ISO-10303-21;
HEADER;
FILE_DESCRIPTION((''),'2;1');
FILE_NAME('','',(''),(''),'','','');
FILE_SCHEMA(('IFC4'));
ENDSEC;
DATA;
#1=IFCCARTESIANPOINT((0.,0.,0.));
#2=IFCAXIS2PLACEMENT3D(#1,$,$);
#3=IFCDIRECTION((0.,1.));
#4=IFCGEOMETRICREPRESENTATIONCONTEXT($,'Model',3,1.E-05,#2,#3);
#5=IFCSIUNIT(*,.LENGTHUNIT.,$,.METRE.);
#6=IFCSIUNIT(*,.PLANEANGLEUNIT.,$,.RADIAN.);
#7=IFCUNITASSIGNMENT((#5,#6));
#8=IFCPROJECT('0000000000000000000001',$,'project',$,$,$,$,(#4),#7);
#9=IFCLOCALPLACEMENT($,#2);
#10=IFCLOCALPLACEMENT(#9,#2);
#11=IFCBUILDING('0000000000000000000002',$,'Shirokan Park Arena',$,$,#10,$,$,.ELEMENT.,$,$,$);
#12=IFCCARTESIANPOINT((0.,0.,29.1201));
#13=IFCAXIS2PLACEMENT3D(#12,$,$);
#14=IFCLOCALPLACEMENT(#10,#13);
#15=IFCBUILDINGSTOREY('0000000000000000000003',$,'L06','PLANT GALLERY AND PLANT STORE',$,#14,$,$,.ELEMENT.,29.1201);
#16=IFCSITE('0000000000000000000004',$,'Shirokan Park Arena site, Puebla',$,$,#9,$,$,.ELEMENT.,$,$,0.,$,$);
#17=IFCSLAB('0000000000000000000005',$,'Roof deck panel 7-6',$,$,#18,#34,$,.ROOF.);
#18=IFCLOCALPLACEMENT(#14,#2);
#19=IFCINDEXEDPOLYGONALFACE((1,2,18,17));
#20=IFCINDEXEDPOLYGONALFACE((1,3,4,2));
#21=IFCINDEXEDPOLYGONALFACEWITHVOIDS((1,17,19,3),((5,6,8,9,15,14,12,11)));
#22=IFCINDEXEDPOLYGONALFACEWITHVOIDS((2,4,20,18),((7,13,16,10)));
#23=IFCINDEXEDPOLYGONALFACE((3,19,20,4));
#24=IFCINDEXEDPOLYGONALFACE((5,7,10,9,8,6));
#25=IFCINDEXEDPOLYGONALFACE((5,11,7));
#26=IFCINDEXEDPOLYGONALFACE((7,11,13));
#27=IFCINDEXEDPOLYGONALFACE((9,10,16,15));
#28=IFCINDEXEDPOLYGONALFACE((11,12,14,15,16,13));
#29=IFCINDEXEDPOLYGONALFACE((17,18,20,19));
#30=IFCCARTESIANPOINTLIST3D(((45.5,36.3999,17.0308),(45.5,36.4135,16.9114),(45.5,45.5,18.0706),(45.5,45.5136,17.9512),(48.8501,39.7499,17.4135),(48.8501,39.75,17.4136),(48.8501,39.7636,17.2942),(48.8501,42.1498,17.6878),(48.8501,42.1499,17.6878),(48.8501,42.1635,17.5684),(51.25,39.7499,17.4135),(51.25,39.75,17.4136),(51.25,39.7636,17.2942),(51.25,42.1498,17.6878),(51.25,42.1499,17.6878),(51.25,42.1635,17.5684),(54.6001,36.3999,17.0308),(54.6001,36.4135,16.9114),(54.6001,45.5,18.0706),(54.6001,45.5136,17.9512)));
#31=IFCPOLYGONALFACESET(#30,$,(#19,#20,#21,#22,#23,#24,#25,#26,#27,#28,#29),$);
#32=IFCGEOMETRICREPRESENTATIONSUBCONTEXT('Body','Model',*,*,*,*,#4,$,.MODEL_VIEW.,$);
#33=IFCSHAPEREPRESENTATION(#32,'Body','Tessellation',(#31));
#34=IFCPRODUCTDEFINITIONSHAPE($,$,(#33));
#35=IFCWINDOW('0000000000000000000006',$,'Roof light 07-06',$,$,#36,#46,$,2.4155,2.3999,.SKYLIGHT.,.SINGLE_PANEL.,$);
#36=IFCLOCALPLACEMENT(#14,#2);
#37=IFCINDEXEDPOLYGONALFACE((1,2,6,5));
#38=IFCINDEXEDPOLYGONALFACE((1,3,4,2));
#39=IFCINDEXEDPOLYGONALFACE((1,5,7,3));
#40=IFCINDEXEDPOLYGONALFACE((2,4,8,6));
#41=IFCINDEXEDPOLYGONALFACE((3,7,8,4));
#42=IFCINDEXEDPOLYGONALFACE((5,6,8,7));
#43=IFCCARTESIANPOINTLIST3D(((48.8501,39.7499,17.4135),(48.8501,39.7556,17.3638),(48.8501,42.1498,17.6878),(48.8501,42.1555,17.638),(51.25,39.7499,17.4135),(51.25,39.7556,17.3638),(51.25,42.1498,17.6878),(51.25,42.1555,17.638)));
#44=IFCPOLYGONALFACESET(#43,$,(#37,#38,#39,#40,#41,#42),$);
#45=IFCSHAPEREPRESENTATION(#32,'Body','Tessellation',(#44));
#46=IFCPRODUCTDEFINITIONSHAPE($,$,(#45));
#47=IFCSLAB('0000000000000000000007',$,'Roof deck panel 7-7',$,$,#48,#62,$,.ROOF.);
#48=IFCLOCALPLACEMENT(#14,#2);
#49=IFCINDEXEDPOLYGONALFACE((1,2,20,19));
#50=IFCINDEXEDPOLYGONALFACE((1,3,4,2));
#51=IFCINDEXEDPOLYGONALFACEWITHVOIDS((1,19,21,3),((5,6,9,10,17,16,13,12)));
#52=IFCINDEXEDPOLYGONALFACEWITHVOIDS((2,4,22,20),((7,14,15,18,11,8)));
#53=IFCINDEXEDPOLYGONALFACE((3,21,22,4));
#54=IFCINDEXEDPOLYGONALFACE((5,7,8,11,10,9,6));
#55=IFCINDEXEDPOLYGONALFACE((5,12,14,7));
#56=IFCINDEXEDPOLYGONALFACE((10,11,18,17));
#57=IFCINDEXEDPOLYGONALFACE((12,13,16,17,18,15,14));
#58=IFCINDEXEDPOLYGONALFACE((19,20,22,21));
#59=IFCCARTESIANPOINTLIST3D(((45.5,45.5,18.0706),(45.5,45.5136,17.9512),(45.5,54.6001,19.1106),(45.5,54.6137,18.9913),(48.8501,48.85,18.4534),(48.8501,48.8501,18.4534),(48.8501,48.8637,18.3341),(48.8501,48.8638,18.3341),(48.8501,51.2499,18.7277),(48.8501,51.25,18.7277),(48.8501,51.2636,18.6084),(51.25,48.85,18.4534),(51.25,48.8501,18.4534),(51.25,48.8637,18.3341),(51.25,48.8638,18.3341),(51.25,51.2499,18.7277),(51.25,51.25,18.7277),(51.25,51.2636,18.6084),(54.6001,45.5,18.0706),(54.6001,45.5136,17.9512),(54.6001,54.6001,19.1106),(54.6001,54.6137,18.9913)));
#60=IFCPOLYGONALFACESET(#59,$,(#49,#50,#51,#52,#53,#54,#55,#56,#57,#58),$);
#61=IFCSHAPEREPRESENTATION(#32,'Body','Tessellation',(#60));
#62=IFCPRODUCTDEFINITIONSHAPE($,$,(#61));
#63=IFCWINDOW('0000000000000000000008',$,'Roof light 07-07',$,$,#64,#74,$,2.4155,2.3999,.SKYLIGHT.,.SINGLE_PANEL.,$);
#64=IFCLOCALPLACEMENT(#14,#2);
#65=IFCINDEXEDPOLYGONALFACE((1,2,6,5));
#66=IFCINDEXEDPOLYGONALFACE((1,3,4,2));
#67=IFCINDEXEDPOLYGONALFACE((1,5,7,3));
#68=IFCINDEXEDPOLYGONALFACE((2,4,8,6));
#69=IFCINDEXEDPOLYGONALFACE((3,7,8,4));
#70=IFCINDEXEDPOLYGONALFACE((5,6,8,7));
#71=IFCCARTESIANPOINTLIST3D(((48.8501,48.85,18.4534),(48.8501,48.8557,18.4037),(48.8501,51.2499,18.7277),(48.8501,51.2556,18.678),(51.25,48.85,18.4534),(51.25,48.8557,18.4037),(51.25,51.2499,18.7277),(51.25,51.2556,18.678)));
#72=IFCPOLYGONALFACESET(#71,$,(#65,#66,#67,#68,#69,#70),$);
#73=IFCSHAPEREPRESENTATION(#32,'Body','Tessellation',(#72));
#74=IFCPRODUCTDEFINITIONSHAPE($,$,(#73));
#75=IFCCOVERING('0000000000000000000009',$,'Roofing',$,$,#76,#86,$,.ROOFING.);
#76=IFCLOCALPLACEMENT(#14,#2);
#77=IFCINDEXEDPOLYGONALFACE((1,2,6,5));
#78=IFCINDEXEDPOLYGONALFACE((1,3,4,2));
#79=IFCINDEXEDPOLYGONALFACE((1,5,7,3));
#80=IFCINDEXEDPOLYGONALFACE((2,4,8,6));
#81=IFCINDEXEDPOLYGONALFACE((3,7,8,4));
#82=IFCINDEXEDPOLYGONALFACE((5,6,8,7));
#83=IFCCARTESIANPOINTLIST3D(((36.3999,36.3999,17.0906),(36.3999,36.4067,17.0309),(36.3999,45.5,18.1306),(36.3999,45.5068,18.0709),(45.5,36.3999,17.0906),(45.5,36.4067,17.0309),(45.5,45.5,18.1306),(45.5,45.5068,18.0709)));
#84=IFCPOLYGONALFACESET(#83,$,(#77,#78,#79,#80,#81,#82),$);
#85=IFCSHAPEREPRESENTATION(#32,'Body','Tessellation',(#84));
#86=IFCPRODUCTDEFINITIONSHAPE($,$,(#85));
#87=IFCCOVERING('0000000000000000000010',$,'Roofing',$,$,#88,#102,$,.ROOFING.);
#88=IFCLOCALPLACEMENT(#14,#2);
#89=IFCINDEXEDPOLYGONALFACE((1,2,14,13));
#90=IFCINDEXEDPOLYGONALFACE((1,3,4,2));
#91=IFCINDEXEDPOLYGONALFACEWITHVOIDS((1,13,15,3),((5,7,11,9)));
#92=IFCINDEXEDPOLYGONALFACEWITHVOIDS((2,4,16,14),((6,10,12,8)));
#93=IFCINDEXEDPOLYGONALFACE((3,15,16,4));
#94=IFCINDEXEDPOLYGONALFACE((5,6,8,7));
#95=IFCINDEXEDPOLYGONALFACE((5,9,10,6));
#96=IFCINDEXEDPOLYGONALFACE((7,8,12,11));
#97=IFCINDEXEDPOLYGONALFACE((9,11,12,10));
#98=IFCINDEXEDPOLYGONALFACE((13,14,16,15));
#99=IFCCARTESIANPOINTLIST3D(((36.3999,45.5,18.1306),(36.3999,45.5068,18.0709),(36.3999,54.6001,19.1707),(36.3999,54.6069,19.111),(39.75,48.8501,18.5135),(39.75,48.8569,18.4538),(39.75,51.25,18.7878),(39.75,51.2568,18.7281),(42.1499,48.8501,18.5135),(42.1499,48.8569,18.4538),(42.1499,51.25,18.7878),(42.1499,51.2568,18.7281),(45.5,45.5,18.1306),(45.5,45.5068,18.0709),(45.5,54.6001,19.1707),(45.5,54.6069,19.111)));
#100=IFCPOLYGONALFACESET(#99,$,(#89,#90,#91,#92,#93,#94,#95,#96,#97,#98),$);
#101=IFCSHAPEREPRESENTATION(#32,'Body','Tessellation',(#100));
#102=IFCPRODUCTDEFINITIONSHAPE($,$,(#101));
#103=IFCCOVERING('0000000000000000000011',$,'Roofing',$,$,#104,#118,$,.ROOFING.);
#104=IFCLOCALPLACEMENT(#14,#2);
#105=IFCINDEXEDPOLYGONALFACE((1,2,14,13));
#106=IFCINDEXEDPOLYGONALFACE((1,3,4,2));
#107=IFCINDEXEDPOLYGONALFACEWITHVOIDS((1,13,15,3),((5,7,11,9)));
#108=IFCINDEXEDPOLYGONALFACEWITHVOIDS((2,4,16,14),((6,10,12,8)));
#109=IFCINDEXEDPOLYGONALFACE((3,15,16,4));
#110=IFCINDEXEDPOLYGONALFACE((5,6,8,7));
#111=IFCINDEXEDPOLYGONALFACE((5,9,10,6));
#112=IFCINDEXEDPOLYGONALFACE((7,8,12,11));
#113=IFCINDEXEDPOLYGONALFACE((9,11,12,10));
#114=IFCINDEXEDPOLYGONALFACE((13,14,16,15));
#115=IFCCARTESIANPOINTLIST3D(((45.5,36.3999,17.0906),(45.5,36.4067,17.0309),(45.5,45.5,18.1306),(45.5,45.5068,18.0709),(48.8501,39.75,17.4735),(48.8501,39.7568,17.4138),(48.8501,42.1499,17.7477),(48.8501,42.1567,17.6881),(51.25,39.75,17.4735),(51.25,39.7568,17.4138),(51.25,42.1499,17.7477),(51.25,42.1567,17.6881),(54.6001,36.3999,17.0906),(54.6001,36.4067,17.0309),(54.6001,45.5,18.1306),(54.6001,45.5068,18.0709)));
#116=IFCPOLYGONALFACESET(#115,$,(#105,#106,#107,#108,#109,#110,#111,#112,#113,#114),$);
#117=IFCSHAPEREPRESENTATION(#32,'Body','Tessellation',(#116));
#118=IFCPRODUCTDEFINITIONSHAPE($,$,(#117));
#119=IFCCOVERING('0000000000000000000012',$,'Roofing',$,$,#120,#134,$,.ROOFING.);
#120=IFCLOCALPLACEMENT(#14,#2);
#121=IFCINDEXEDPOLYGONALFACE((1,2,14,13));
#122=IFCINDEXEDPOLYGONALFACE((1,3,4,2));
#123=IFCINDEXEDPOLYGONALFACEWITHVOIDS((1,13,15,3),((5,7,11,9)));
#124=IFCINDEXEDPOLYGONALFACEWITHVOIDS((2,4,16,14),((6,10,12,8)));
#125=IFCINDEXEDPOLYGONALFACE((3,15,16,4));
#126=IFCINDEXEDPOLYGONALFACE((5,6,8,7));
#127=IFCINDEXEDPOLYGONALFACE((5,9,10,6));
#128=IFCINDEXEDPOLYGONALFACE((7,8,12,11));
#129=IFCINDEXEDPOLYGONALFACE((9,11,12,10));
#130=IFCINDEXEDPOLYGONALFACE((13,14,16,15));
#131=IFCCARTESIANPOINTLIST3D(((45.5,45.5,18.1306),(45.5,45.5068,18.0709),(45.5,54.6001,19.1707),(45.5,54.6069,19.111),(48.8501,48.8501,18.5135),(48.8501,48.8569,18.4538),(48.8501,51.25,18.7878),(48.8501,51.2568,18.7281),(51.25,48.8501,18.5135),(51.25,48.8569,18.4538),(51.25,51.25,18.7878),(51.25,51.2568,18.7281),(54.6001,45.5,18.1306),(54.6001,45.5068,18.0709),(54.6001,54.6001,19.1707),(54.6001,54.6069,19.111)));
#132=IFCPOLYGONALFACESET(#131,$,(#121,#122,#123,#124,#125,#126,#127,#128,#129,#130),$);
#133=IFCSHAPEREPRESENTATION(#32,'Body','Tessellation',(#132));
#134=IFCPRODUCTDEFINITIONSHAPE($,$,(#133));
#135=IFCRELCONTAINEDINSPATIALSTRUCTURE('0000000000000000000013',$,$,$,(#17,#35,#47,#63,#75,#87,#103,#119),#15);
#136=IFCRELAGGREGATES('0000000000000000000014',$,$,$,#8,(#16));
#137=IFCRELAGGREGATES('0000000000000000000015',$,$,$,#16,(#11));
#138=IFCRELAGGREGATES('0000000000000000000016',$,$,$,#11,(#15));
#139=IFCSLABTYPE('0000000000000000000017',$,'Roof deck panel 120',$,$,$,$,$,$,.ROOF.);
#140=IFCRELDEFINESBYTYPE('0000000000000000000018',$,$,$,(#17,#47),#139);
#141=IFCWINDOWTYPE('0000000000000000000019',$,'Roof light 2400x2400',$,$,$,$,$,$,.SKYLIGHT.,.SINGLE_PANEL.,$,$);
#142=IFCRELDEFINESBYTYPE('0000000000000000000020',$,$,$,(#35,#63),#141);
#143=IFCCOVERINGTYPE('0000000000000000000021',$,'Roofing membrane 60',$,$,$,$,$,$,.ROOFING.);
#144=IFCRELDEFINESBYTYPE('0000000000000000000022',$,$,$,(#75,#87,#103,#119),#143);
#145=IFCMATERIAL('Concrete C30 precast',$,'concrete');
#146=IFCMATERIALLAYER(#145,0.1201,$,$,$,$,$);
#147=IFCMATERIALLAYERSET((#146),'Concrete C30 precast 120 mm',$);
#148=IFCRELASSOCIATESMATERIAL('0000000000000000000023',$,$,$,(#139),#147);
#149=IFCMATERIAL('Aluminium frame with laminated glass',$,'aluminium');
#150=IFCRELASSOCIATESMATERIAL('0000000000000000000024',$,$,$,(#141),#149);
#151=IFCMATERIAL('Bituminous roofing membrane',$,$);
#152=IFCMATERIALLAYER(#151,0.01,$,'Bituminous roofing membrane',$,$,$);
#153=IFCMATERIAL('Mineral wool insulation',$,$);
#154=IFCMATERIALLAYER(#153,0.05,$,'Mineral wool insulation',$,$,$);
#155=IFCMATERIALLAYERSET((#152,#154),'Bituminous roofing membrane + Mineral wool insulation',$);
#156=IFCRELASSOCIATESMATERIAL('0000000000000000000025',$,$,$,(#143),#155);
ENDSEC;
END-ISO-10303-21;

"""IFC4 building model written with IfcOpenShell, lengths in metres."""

from ifc_helpers import new_model, si_unit, direction, frame, origin, origin_2d, place, context, subcontext, project, spatial, polyline, rectangle, outline, extrude, material, layer, layer_set, type_object, element, fill, save


model = new_model("IFC4")

# Units and contexts
model_context = context("Model", 3, precision=1e-05, world=origin(), true_north=direction((0.0, 1.0)))
body_context = subcontext(model_context, "Body", "Model", "MODEL_VIEW")
ifc_project = project(units=[si_unit("LENGTHUNIT", "METRE"), si_unit("PLANEANGLEUNIT", "RADIAN")], contexts=[model_context])

# Site, building, storey
site_placement = place(None, origin())
site = spatial("IfcSite", under=ifc_project, at=site_placement, Name="Shirokan Park Arena site, Puebla", CompositionType="ELEMENT", RefElevation=0.0)
building_placement = place(site_placement, origin())
building = spatial("IfcBuilding", under=site, at=building_placement, Name="Shirokan Park Arena", CompositionType="ELEMENT")
storey_placement = place(building_placement, frame((0.0, 0.0, 29.1201)))
storey = spatial("IfcBuildingStorey", under=building, at=storey_placement, Name="L06", Description="PLANT GALLERY AND PLANT STORE", CompositionType="ELEMENT", Elevation=29.1201)

# Shared definitions
ifc_material_1 = material(Name="Concrete C30 precast", Category="concrete")
ifc_layer_1 = layer(ifc_material_1, 0.1201)
ifc_layer_set_1 = layer_set([ifc_layer_1], Name="Concrete C30 precast 120 mm")
slab_type = type_object("IfcSlabType", Name="Roof deck panel 120", PredefinedType="ROOF", material=ifc_layer_set_1)

# Slabs, openings, windows
ifc_material_2 = material(Name="Aluminium frame with laminated glass", Category="aluminium")
window_type = type_object("IfcWindowType", Name="Roof light 2400x2400", PartitioningType="SINGLE_PANEL", PredefinedType="SKYLIGHT", material=ifc_material_2)
slab_1_placement = place(storey_placement, frame((45.5, 36.3999, 17.0308), z_axis=(0.0, -0.113523, 0.993535), x_axis=(1.0, 0.0, 0.0)))
slab_1 = element("IfcSlab", 1, at=slab_1_placement, inside=storey, type_object=slab_type, Name="Roof deck panel 7-6", PredefinedType="ROOF", context=body_context, shape_type="SweptSolid", body=[
    extrude(outline(polyline([(0.0, 0.0), (9.1001, 0.0), (9.1001, 9.1593), (0.0, 9.1593), (0.0, 0.0)]), holes=[polyline([(3.3501, 3.3719), (5.75, 3.3719), (5.75, 5.7874), (3.3501, 5.7874), (3.3501, 3.3719)])]), origin(), (0.0, 0.0, -1.0), 0.1201),
])
opening_1_placement = place(slab_1_placement, frame((4.55, 4.5796, 0.01)))
opening_1 = element("IfcOpeningElement", 2, at=opening_1_placement, cuts=slab_1, PredefinedType="OPENING", context=body_context, shape_type="SweptSolid", body=[
    extrude(rectangle(XDim=2.3999, YDim=2.4155, at=origin_2d()), origin(), (0.0, 0.0, -1.0), 0.1399),
])
window_1_placement = place(opening_1_placement, frame((0.0, 0.0, -0.0601)))
window_1 = element("IfcWindow", 3, at=window_1_placement, inside=storey, type_object=window_type, Name="Roof light 07-06", OverallHeight=2.4155, OverallWidth=2.3999, PartitioningType="SINGLE_PANEL", PredefinedType="SKYLIGHT", context=body_context, shape_type="SweptSolid", body=[
    extrude(rectangle(XDim=2.3999, YDim=2.4155, at=origin_2d()), origin(), (0.0, 0.0, 1.0), 0.05),
])
fill(opening_1, window_1)
slab_2_placement = place(storey_placement, frame((45.5, 45.5, 18.0706), z_axis=(0.0, -0.11355, 0.993532), x_axis=(1.0, 0.0, 0.0)))
slab_2 = element("IfcSlab", 4, at=slab_2_placement, inside=storey, type_object=slab_type, Name="Roof deck panel 7-7", PredefinedType="ROOF", context=body_context, shape_type="SweptSolid", body=[
    extrude(outline(polyline([(0.0, 0.0), (9.1001, 0.0), (9.1001, 9.1593), (0.0, 9.1593), (0.0, 0.0)]), holes=[polyline([(3.3501, 3.3719), (5.75, 3.3719), (5.75, 5.7874), (3.3501, 5.7874), (3.3501, 3.3719)])]), origin(), (0.0, 0.0, -1.0), 0.1201),
])
opening_2_placement = place(slab_2_placement, frame((4.55, 4.5796, 0.01)))
opening_2 = element("IfcOpeningElement", 5, at=opening_2_placement, cuts=slab_2, PredefinedType="OPENING", context=body_context, shape_type="SweptSolid", body=[
    extrude(rectangle(XDim=2.3999, YDim=2.4155, at=origin_2d()), origin(), (0.0, 0.0, -1.0), 0.1399),
])
window_2_placement = place(opening_2_placement, frame((0.0, 0.0, -0.0601)))
window_2 = element("IfcWindow", 6, at=window_2_placement, inside=storey, type_object=window_type, Name="Roof light 07-07", OverallHeight=2.4155, OverallWidth=2.3999, PartitioningType="SINGLE_PANEL", PredefinedType="SKYLIGHT", context=body_context, shape_type="SweptSolid", body=[
    extrude(rectangle(XDim=2.3999, YDim=2.4155, at=origin_2d()), origin(), (0.0, 0.0, 1.0), 0.05),
])
fill(opening_2, window_2)

# Coverings
ifc_material_3 = material(Name="Bituminous roofing membrane")
ifc_layer_2 = layer(ifc_material_3, 0.01, Name="Bituminous roofing membrane")
ifc_material_4 = material(Name="Mineral wool insulation")
ifc_layer_3 = layer(ifc_material_4, 0.05, Name="Mineral wool insulation")
ifc_layer_set_2 = layer_set([ifc_layer_2, ifc_layer_3], Name="Bituminous roofing membrane + Mineral wool insulation")
covering_type = type_object("IfcCoveringType", Name="Roofing membrane 60", PredefinedType="ROOFING", material=ifc_layer_set_2)
covering_1_placement = place(storey_placement, frame((36.3999, 36.3999, 17.0906), z_axis=(0.0, -0.11355, 0.993532), x_axis=(1.0, 0.0, 0.0)))
element("IfcCovering", 7, at=covering_1_placement, inside=storey, type_object=covering_type, Name="Roofing", PredefinedType="ROOFING", context=body_context, shape_type="SweptSolid", body=[
    extrude(outline(polyline([(0.0, 0.0), (9.1001, 0.0), (9.1001, 9.1593), (0.0, 9.1593), (0.0, 0.0)])), origin(), (0.0, 0.0, -1.0), 0.0601),
])
covering_2_placement = place(storey_placement, frame((36.3999, 45.5, 18.1306), z_axis=(0.0, -0.11355, 0.993532), x_axis=(1.0, 0.0, 0.0)))
element("IfcCovering", 8, at=covering_2_placement, inside=storey, type_object=covering_type, Name="Roofing", PredefinedType="ROOFING", context=body_context, shape_type="SweptSolid", body=[
    extrude(outline(polyline([(0.0, 0.0), (9.1001, 0.0), (9.1001, 9.1593), (0.0, 9.1593), (0.0, 0.0)]), holes=[polyline([(5.75, 3.3719), (5.75, 5.7874), (3.3501, 5.7874), (3.3501, 3.3719), (5.75, 3.3719)])]), origin(), (0.0, 0.0, -1.0), 0.0601),
])
covering_3_placement = place(storey_placement, frame((45.5, 36.3999, 17.0906), z_axis=(0.0, -0.11355, 0.993532), x_axis=(1.0, 0.0, 0.0)))
element("IfcCovering", 9, at=covering_3_placement, inside=storey, type_object=covering_type, Name="Roofing", PredefinedType="ROOFING", context=body_context, shape_type="SweptSolid", body=[
    extrude(outline(polyline([(0.0, 0.0), (9.1001, 0.0), (9.1001, 9.1593), (0.0, 9.1593), (0.0, 0.0)]), holes=[polyline([(5.75, 3.3719), (5.75, 5.7874), (3.3501, 5.7874), (3.3501, 3.3719), (5.75, 3.3719)])]), origin(), (0.0, 0.0, -1.0), 0.0601),
])
covering_4_placement = place(storey_placement, frame((45.5, 45.5, 18.1306), z_axis=(0.0, -0.11355, 0.993532), x_axis=(1.0, 0.0, 0.0)))
element("IfcCovering", 10, at=covering_4_placement, inside=storey, type_object=covering_type, Name="Roofing", PredefinedType="ROOFING", context=body_context, shape_type="SweptSolid", body=[
    extrude(outline(polyline([(0.0, 0.0), (9.1001, 0.0), (9.1001, 9.1593), (0.0, 9.1593), (0.0, 0.0)]), holes=[polyline([(5.75, 3.3719), (5.75, 5.7874), (3.3501, 5.7874), (3.3501, 3.3719), (5.75, 3.3719)])]), origin(), (0.0, 0.0, -1.0), 0.0601),
])

save(model, "model.ifc")
